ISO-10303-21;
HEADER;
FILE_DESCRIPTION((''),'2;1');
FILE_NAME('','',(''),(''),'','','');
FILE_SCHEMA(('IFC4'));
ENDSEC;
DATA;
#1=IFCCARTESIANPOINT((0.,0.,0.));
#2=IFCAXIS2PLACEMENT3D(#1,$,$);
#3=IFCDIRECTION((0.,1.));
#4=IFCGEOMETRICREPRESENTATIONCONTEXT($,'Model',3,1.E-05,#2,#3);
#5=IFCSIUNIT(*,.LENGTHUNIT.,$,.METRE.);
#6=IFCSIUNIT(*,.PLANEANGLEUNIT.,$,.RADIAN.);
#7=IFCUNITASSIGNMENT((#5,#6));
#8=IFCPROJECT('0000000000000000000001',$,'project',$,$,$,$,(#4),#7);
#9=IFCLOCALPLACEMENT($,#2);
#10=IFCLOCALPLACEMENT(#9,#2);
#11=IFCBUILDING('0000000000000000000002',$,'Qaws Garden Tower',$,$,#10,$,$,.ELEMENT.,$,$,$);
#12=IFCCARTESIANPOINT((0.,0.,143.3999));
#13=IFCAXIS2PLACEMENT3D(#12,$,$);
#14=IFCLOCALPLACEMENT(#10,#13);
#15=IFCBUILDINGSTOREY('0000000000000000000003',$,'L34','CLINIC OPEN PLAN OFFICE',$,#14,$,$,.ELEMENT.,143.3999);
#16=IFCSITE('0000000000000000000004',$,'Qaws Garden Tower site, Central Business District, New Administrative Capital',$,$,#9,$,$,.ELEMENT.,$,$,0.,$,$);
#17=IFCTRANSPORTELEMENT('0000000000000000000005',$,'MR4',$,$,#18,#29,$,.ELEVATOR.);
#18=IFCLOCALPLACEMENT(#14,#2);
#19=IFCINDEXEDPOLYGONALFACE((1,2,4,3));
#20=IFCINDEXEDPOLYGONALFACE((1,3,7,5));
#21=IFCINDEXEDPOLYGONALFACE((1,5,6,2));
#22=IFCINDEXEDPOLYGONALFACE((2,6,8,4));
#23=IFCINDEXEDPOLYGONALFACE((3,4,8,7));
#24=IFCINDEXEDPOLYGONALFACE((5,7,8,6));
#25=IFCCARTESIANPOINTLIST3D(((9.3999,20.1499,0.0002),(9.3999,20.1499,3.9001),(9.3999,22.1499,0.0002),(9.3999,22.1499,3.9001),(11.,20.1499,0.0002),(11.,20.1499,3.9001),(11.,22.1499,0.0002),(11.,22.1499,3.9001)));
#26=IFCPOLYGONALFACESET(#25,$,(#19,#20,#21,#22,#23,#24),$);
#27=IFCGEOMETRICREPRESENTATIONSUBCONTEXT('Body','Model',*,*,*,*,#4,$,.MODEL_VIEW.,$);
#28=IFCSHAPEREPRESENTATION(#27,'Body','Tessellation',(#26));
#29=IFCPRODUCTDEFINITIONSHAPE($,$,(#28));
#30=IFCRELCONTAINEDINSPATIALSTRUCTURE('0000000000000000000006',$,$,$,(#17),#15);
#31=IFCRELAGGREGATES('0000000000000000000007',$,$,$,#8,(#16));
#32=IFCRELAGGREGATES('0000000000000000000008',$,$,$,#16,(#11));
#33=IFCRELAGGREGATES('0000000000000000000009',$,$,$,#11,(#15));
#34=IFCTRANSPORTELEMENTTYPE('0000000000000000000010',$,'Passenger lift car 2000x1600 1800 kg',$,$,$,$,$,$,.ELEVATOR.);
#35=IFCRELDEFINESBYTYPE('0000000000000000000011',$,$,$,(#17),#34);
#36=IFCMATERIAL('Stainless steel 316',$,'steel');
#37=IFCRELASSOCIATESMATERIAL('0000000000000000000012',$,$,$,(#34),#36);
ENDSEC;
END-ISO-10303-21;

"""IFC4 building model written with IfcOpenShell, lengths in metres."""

from ifc_helpers import new_model, si_unit, direction, frame, origin, origin_2d, place, context, subcontext, project, spatial, rectangle, extrude, material, type_object, element, save


model = new_model("IFC4")

# Units and contexts
model_context = context("Model", 3, precision=1e-05, world=origin(), true_north=direction((0.0, 1.0)))
body_context = subcontext(model_context, "Body", "Model", "MODEL_VIEW")
ifc_project = project(units=[si_unit("LENGTHUNIT", "METRE"), si_unit("PLANEANGLEUNIT", "RADIAN")], contexts=[model_context])

# Site, building, storey
site_placement = place(None, origin())
site = spatial("IfcSite", under=ifc_project, at=site_placement, Name="Qaws Garden Tower site, Central Business District, New Administrative Capital", CompositionType="ELEMENT", RefElevation=0.0)
building_placement = place(site_placement, origin())
building = spatial("IfcBuilding", under=site, at=building_placement, Name="Qaws Garden Tower", CompositionType="ELEMENT")
storey_placement = place(building_placement, frame((0.0, 0.0, 143.3999)))
storey = spatial("IfcBuildingStorey", under=building, at=storey_placement, Name="L34", Description="CLINIC OPEN PLAN OFFICE", CompositionType="ELEMENT", Elevation=143.3999)

# Transport element
ifc_material_1 = material(Name="Stainless steel 316", Category="steel")
transport_element_type = type_object("IfcTransportElementType", Name="Passenger lift car 2000x1600 1800 kg", PredefinedType="ELEVATOR", material=ifc_material_1)
for number, where, z_axis, x_axis, name in (
    (1, (10.2, 21.1499, 0.0002), (0.0, 0.0, 1.0), (1.0, 0.0, 0.0), "MR4"),
):
    element("IfcTransportElement", number, at=place(storey_placement, frame(where, z_axis=z_axis, x_axis=x_axis)), inside=storey, type_object=transport_element_type, Name=name, PredefinedType="ELEVATOR", context=body_context, shape_type="SweptSolid", body=[
        extrude(rectangle(XDim=1.6001, YDim=2.0, at=origin_2d()), origin(), (0.0, 0.0, 1.0), 3.8999),
    ])

save(model, "model.ifc")
